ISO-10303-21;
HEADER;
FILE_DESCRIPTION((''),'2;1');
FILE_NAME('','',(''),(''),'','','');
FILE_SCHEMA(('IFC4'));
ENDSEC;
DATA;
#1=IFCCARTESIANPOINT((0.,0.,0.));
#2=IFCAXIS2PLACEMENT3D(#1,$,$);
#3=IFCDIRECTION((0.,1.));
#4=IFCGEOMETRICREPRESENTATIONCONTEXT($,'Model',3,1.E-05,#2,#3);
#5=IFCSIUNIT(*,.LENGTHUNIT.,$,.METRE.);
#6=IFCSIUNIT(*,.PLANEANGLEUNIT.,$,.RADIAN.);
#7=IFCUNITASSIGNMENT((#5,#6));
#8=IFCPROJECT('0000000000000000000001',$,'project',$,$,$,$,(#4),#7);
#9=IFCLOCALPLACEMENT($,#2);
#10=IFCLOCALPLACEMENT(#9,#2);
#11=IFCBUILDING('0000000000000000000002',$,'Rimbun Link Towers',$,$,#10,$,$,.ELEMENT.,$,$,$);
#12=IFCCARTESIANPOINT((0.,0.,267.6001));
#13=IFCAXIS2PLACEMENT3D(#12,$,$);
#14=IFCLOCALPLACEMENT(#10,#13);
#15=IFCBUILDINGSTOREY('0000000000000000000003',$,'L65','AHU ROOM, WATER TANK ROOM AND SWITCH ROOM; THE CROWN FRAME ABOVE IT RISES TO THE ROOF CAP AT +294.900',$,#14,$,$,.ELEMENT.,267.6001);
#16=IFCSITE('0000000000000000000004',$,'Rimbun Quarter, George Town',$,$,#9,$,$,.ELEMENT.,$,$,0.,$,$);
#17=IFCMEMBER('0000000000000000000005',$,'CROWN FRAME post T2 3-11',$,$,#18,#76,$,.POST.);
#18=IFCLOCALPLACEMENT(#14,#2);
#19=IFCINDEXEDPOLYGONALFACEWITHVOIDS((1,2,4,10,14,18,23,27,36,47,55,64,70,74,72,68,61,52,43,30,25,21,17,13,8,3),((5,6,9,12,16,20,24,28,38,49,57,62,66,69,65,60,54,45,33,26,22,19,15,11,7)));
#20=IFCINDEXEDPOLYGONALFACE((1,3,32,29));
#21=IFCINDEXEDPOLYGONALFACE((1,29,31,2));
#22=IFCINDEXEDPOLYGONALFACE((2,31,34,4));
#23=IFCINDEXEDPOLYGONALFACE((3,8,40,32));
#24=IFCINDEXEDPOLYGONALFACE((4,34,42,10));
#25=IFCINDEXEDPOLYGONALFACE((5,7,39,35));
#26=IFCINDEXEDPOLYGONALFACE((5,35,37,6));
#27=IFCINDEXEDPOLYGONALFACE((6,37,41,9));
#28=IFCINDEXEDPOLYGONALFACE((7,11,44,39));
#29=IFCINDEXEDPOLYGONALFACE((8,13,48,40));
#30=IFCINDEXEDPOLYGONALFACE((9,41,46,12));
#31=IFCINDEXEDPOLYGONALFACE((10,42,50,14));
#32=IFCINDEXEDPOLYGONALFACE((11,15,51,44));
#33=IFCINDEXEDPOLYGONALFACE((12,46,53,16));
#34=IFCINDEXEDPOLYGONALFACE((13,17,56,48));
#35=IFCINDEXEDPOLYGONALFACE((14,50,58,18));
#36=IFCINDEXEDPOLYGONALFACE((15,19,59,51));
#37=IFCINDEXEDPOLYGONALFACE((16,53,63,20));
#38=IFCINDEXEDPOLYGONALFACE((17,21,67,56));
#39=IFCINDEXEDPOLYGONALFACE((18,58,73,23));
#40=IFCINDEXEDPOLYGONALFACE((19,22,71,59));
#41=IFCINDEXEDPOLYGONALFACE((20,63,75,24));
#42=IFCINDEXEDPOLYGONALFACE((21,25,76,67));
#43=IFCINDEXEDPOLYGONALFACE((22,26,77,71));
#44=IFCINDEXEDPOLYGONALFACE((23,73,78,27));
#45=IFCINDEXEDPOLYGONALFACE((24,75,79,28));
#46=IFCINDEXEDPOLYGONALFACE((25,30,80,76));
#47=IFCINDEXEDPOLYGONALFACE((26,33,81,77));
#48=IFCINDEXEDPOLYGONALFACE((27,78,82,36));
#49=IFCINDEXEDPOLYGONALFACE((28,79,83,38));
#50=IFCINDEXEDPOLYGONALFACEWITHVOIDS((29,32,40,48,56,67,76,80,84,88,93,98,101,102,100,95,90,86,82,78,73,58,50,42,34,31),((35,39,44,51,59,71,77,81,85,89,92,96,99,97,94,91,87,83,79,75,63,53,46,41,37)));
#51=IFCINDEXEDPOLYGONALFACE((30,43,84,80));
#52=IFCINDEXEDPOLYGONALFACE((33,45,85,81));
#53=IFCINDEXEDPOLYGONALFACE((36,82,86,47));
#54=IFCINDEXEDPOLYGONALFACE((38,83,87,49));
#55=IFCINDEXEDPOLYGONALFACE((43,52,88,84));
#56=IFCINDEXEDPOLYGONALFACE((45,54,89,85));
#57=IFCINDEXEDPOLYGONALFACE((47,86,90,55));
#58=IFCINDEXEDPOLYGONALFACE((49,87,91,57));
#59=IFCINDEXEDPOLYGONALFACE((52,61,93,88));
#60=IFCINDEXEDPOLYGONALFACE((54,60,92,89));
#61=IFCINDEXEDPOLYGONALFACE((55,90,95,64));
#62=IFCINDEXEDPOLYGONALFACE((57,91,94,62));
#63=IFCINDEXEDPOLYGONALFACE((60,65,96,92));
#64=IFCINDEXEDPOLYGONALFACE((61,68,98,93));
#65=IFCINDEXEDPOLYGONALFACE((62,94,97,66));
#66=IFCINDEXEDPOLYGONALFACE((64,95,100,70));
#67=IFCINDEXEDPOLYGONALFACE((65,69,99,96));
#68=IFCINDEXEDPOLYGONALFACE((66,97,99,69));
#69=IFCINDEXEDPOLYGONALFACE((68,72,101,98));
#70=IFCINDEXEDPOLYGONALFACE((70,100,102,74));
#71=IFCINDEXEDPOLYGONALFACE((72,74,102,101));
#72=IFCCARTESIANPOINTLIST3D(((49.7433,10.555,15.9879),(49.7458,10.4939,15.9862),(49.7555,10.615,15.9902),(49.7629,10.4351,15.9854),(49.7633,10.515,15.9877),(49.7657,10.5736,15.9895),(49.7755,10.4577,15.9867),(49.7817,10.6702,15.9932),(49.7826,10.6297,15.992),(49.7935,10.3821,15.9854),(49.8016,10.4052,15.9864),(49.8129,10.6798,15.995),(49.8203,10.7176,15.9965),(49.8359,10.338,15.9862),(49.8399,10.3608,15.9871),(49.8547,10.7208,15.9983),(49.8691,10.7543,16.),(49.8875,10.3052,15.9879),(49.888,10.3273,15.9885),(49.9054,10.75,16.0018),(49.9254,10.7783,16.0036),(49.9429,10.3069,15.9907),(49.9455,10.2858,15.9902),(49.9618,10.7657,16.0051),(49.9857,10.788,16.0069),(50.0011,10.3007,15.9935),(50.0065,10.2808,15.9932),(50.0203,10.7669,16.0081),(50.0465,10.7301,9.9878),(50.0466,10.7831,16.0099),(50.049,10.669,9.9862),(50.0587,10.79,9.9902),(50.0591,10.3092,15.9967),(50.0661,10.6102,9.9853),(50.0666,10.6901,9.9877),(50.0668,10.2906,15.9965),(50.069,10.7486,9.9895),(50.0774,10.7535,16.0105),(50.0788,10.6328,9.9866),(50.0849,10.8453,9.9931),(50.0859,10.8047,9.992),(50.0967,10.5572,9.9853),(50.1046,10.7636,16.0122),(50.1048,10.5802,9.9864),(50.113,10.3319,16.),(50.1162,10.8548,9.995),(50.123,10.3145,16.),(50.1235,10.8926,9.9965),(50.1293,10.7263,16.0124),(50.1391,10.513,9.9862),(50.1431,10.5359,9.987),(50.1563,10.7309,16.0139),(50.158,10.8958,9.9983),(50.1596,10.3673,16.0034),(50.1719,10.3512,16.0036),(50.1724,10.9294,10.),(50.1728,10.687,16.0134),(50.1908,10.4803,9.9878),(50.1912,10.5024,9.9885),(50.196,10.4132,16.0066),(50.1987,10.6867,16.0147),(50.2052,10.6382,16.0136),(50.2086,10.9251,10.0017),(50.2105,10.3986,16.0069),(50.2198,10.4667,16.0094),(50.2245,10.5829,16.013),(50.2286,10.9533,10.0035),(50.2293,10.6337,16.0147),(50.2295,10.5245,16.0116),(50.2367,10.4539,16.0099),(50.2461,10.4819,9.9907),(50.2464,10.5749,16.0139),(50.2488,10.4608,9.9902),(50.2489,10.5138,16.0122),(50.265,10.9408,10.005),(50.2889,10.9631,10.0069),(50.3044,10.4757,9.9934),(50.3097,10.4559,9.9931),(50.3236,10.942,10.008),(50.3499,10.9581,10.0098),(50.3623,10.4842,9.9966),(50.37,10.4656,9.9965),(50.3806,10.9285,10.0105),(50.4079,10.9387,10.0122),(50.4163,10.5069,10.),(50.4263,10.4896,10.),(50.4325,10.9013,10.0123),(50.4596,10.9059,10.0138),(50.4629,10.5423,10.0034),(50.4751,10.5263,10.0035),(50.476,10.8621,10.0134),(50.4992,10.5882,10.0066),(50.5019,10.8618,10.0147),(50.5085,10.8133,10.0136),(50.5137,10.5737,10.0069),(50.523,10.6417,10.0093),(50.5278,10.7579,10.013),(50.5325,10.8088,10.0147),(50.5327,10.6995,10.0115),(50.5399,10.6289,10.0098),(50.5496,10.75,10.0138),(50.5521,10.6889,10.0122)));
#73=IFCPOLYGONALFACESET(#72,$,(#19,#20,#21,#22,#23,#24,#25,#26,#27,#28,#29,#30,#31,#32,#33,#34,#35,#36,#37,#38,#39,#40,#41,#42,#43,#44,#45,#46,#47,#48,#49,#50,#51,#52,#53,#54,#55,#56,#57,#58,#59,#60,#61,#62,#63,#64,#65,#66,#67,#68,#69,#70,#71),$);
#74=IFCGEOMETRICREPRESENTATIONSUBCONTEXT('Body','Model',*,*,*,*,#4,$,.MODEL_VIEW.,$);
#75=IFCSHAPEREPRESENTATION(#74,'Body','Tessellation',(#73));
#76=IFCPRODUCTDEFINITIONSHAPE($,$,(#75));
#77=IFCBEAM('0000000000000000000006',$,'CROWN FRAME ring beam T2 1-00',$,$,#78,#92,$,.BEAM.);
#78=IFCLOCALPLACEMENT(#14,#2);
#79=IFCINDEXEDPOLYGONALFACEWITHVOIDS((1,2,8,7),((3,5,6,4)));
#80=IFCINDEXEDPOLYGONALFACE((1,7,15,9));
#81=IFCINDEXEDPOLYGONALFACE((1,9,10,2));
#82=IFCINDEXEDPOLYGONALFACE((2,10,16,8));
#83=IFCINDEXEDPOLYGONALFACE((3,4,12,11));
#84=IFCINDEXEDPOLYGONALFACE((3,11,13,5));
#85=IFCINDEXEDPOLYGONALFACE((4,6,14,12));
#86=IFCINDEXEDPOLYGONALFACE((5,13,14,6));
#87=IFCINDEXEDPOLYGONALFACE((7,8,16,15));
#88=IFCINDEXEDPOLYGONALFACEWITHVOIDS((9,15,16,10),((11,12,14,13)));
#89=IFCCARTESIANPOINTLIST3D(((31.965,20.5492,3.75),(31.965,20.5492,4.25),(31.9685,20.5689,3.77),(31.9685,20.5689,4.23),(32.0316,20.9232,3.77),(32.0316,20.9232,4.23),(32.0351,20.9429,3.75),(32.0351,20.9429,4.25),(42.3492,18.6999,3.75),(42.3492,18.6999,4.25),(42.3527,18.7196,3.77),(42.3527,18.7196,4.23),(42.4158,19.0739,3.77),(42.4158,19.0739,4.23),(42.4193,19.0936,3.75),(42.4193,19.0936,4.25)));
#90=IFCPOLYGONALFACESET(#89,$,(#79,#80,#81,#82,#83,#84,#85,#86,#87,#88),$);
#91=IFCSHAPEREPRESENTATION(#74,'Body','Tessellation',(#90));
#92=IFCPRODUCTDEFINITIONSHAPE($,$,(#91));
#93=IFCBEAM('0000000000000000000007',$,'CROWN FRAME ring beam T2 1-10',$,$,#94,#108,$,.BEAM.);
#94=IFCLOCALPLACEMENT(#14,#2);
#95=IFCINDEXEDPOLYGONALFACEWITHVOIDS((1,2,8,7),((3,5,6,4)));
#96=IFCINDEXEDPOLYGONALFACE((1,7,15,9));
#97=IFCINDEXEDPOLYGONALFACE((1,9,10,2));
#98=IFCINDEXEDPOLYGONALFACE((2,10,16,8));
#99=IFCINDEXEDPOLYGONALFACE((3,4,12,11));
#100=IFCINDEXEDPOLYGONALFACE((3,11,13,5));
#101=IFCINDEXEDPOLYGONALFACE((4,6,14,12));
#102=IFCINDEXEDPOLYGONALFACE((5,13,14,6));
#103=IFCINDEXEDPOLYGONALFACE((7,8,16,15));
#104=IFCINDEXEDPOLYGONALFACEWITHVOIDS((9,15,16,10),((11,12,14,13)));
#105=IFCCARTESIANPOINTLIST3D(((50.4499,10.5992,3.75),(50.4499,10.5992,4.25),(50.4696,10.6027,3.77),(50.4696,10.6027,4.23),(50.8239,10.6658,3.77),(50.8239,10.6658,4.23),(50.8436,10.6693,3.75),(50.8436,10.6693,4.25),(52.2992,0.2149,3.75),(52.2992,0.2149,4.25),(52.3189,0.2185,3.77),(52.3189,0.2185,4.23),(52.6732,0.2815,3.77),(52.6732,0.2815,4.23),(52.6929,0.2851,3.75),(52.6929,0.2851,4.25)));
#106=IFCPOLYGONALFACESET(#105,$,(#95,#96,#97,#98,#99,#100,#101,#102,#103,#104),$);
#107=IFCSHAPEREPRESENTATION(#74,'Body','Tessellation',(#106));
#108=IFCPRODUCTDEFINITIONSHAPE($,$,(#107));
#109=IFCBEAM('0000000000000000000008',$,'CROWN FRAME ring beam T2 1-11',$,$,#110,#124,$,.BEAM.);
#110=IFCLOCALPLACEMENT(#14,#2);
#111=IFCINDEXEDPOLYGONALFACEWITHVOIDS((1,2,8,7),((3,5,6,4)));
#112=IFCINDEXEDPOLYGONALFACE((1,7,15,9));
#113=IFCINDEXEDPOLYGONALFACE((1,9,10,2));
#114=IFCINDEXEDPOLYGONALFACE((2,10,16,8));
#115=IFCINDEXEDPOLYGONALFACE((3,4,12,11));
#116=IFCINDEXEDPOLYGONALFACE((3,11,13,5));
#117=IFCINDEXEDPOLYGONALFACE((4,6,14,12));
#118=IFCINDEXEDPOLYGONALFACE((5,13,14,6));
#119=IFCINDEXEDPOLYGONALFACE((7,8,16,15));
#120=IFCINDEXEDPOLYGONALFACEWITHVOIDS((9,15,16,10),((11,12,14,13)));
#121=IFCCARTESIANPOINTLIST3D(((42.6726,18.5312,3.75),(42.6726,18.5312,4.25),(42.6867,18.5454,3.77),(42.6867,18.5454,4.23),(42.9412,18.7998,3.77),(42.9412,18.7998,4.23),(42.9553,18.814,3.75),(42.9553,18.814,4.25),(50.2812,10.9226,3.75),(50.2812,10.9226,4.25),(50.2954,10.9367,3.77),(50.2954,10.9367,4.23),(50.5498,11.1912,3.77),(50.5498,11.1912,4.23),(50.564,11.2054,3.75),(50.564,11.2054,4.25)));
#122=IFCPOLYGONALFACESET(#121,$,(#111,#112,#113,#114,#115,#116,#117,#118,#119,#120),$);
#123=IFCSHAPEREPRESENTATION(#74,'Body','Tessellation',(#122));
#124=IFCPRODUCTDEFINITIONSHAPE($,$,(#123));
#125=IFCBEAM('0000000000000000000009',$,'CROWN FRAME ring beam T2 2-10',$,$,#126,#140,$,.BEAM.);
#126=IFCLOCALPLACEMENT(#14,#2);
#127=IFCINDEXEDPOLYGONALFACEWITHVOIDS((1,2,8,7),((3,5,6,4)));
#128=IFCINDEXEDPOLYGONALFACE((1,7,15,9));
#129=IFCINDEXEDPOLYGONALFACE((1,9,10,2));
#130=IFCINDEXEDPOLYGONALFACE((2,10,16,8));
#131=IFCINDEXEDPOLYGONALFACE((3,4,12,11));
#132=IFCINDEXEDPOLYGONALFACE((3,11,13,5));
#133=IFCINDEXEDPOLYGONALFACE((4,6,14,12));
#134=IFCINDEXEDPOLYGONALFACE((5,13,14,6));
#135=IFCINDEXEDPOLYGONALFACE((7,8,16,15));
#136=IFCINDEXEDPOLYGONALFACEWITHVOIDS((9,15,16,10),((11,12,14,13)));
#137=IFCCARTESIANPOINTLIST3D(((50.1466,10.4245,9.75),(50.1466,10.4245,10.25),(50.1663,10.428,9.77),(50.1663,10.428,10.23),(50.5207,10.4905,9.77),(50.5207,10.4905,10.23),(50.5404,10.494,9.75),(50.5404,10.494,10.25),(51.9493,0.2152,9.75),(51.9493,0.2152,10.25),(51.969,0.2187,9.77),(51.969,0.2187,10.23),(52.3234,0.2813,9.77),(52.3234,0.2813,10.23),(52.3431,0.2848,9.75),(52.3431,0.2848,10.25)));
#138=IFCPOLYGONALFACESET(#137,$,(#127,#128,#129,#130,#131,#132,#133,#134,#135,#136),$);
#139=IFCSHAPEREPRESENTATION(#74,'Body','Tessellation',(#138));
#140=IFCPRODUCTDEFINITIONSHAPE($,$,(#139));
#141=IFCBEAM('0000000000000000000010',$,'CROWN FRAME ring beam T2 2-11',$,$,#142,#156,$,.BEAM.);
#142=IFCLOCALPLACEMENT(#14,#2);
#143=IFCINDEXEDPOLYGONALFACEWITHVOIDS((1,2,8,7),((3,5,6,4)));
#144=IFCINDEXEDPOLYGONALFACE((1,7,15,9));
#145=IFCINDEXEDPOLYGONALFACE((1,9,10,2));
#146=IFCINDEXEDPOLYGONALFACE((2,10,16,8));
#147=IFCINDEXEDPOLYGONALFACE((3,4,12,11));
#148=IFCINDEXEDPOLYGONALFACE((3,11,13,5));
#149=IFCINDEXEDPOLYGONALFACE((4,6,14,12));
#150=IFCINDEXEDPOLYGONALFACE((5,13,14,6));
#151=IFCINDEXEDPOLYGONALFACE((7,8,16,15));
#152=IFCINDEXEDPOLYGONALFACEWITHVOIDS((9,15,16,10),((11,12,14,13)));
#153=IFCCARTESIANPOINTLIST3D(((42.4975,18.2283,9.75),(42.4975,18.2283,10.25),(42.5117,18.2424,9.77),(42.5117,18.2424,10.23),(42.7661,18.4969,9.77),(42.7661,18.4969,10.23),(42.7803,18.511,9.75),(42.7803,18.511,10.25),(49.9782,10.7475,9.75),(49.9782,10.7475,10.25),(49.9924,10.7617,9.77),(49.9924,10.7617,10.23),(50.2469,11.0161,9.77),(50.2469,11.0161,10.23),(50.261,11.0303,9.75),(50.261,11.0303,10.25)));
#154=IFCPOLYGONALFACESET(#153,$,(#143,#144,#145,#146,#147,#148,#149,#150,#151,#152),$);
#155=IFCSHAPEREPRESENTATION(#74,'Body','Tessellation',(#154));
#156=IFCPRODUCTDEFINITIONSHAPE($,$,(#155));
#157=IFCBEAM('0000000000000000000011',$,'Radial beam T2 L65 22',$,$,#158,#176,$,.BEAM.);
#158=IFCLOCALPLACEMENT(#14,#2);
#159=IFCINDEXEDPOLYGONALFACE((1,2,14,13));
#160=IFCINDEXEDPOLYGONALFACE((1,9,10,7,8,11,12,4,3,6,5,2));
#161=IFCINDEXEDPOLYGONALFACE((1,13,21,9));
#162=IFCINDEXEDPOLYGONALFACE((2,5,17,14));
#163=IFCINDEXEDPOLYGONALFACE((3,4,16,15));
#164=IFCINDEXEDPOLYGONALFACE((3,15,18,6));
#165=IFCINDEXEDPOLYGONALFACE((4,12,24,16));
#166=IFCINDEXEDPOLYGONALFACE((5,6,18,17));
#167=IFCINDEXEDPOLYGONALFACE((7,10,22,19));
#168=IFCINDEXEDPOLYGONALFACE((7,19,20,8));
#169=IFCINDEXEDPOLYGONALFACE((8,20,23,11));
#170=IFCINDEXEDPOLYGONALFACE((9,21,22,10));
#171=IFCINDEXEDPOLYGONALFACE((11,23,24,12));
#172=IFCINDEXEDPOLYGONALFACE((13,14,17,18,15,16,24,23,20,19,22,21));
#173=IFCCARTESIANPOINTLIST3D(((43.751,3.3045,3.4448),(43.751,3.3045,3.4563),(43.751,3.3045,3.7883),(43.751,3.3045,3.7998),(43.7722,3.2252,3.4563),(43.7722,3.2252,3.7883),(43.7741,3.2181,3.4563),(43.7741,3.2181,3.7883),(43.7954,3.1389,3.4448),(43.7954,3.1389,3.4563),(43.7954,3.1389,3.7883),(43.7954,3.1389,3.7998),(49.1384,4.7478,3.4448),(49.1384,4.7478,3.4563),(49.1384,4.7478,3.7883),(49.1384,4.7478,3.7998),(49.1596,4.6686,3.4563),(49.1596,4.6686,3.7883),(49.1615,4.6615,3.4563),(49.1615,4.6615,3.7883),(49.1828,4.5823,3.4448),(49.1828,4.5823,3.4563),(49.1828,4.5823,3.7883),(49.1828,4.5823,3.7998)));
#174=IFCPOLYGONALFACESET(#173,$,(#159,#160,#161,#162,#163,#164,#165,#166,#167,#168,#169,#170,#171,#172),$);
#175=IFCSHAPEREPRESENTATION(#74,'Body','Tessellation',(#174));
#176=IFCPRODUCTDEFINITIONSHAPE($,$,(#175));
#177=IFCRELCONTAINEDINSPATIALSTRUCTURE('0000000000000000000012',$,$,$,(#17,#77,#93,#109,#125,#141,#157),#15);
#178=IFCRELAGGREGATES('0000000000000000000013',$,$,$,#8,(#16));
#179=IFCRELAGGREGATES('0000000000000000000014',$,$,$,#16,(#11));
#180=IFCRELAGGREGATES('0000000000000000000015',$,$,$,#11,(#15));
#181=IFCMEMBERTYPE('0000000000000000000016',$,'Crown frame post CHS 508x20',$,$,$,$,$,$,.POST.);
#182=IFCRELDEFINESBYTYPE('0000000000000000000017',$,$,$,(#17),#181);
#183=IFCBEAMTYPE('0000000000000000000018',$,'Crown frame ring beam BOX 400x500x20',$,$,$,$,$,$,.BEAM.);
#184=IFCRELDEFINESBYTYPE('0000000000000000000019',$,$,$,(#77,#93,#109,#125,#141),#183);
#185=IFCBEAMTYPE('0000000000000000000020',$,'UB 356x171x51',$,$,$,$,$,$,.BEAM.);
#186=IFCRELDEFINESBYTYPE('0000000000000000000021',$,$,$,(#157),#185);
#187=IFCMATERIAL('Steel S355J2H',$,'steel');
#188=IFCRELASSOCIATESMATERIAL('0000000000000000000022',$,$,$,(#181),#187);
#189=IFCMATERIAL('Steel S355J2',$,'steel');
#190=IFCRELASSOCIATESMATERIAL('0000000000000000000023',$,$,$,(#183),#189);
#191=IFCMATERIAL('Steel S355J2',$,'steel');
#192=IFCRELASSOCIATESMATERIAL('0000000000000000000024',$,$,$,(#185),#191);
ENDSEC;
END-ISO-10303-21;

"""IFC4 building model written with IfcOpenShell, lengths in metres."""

from ifc_helpers import new_model, si_unit, direction, frame, origin, origin_2d, place, context, subcontext, project, spatial, hollow_rectangle, hollow_circle, i_section, extrude, material, material_profile, profile_set, type_object, element, save


model = new_model("IFC4")

# Units and contexts
model_context = context("Model", 3, precision=1e-05, world=origin(), true_north=direction((0.0, 1.0)))
body_context = subcontext(model_context, "Body", "Model", "MODEL_VIEW")
ifc_project = project(units=[si_unit("LENGTHUNIT", "METRE"), si_unit("PLANEANGLEUNIT", "RADIAN")], contexts=[model_context])

# Site, building, storey
site_placement = place(None, origin())
site = spatial("IfcSite", under=ifc_project, at=site_placement, Name="Rimbun Quarter, George Town", CompositionType="ELEMENT", RefElevation=0.0)
building_placement = place(site_placement, origin())
building = spatial("IfcBuilding", under=site, at=building_placement, Name="Rimbun Link Towers", CompositionType="ELEMENT")
storey_placement = place(building_placement, frame((0.0, 0.0, 267.6001)))
storey = spatial("IfcBuildingStorey", under=building, at=storey_placement, Name="L65", Description="AHU ROOM, WATER TANK ROOM AND SWITCH ROOM; THE CROWN FRAME ABOVE IT RISES TO THE ROOF CAP AT +294.900", CompositionType="ELEMENT", Elevation=267.6001)

# Member
ifc_material_1 = material(Name="Steel S355J2H", Category="steel")
ifc_material_profile_1 = material_profile(ifc_material_1, hollow_circle(Radius=0.2539, WallThickness=0.02, at=origin_2d()), Name="Crown frame post CHS 508x20")
ifc_profile_set_1 = profile_set([ifc_material_profile_1], Name="Steel S355J2H")
member_type_1 = type_object("IfcMemberType", Name="Crown frame post CHS 508x20", PredefinedType="POST", material=ifc_profile_set_1)
for number, where, z_axis, x_axis, name in (
    (1, (50.2993, 10.7095, 10.0), (-0.050451, -0.029125, 0.998302), (0.499964, -0.866046, 0.0), "CROWN FRAME post T2 3-11"),
):
    element("IfcMember", number, at=place(storey_placement, frame(where, z_axis=z_axis, x_axis=x_axis)), inside=storey, type_object=member_type_1, Name=name, PredefinedType="POST", context=body_context, shape_type="SweptSolid", body=[
        extrude(hollow_circle(Radius=0.2539, WallThickness=0.02, at=origin_2d()), origin(), (0.0, 0.0, 1.0), 6.0103),
    ])

# Beams
ifc_material_2 = material(Name="Steel S355J2", Category="steel")
ifc_material_profile_2 = material_profile(ifc_material_2, hollow_rectangle(XDim=0.3999, YDim=0.5, WallThickness=0.02, at=origin_2d()), Name="Crown frame ring beam BOX 400x500x20")
ifc_profile_set_2 = profile_set([ifc_material_profile_2], Name="Steel S355J2")
beam_type_1 = type_object("IfcBeamType", Name="Crown frame ring beam BOX 400x500x20", PredefinedType="BEAM", material=ifc_profile_set_2)
for number, where, z_axis, x_axis, name in (
    (2, (42.3843, 18.8967, 4.0), (-0.984509, 0.175334, 0.0), (-0.175334, -0.984509, 0.0), "CROWN FRAME ring beam T2 1-00"),
    (3, (52.4961, 0.25, 4.0), (-0.175334, 0.984509, 0.0), (-0.984509, -0.175334, 0.0), "CROWN FRAME ring beam T2 1-10"),
):
    element("IfcBeam", number, at=place(storey_placement, frame(where, z_axis=z_axis, x_axis=x_axis)), inside=storey, type_object=beam_type_1, Name=name, PredefinedType="BEAM", context=body_context, shape_type="SweptSolid", body=[
        extrude(hollow_rectangle(XDim=0.3999, YDim=0.5, WallThickness=0.02, at=origin_2d()), origin(), (0.0, 0.0, 1.0), 10.5476),
    ])
beam_1_placement = place(storey_placement, frame((50.4226, 11.064, 4.0), z_axis=(-0.707107, 0.707107, 0.0), x_axis=(-0.707107, -0.707107, 0.0)))
element("IfcBeam", 4, at=beam_1_placement, inside=storey, type_object=beam_type_1, Name="CROWN FRAME ring beam T2 1-11", PredefinedType="BEAM", context=body_context, shape_type="SweptSolid", body=[
    extrude(hollow_rectangle(XDim=0.3999, YDim=0.5, WallThickness=0.02, at=origin_2d()), origin(), (0.0, 0.0, 1.0), 10.7603),
])
beam_2_placement = place(storey_placement, frame((52.1462, 0.25, 10.0), z_axis=(-0.173889, 0.984765, 0.0), x_axis=(-0.984765, -0.173889, 0.0)))
element("IfcBeam", 5, at=beam_2_placement, inside=storey, type_object=beam_type_1, Name="CROWN FRAME ring beam T2 2-10", PredefinedType="BEAM", context=body_context, shape_type="SweptSolid", body=[
    extrude(hollow_rectangle(XDim=0.3999, YDim=0.5, WallThickness=0.02, at=origin_2d()), origin(), (0.0, 0.0, 1.0), 10.3672),
])
beam_3_placement = place(storey_placement, frame((50.1196, 10.8889, 10.0), z_axis=(-0.707107, 0.707107, 0.0), x_axis=(-0.707107, -0.707107, 0.0)))
element("IfcBeam", 6, at=beam_3_placement, inside=storey, type_object=beam_type_1, Name="CROWN FRAME ring beam T2 2-11", PredefinedType="BEAM", context=body_context, shape_type="SweptSolid", body=[
    extrude(hollow_rectangle(XDim=0.3999, YDim=0.5, WallThickness=0.02, at=origin_2d()), origin(), (0.0, 0.0, 1.0), 10.5793),
])
ifc_material_3 = material(Name="Steel S355J2", Category="steel")
ifc_material_profile_3 = material_profile(ifc_material_3, i_section(OverallWidth=0.1714, OverallDepth=0.355, WebThickness=0.0073, FlangeThickness=0.0115, at=origin_2d()), Name="UB 356x171x51")
ifc_profile_set_3 = profile_set([ifc_material_profile_3], Name="Steel S355J2")
beam_type_2 = type_object("IfcBeamType", Name="UB 356x171x51", PredefinedType="BEAM", material=ifc_profile_set_3)
beam_4_placement = place(storey_placement, frame((43.7732, 3.2217, 3.6223), z_axis=(0.965935, 0.258785, 0.0), x_axis=(-0.258785, 0.965935, 0.0)))
element("IfcBeam", 7, at=beam_4_placement, inside=storey, type_object=beam_type_2, Name="Radial beam T2 L65 22", PredefinedType="BEAM", context=body_context, shape_type="SweptSolid", body=[
    extrude(i_section(OverallWidth=0.1714, OverallDepth=0.355, WebThickness=0.0073, FlangeThickness=0.0115, at=origin_2d()), origin(), (0.0, 0.0, 1.0), 5.5774),
])

save(model, "model.ifc")
